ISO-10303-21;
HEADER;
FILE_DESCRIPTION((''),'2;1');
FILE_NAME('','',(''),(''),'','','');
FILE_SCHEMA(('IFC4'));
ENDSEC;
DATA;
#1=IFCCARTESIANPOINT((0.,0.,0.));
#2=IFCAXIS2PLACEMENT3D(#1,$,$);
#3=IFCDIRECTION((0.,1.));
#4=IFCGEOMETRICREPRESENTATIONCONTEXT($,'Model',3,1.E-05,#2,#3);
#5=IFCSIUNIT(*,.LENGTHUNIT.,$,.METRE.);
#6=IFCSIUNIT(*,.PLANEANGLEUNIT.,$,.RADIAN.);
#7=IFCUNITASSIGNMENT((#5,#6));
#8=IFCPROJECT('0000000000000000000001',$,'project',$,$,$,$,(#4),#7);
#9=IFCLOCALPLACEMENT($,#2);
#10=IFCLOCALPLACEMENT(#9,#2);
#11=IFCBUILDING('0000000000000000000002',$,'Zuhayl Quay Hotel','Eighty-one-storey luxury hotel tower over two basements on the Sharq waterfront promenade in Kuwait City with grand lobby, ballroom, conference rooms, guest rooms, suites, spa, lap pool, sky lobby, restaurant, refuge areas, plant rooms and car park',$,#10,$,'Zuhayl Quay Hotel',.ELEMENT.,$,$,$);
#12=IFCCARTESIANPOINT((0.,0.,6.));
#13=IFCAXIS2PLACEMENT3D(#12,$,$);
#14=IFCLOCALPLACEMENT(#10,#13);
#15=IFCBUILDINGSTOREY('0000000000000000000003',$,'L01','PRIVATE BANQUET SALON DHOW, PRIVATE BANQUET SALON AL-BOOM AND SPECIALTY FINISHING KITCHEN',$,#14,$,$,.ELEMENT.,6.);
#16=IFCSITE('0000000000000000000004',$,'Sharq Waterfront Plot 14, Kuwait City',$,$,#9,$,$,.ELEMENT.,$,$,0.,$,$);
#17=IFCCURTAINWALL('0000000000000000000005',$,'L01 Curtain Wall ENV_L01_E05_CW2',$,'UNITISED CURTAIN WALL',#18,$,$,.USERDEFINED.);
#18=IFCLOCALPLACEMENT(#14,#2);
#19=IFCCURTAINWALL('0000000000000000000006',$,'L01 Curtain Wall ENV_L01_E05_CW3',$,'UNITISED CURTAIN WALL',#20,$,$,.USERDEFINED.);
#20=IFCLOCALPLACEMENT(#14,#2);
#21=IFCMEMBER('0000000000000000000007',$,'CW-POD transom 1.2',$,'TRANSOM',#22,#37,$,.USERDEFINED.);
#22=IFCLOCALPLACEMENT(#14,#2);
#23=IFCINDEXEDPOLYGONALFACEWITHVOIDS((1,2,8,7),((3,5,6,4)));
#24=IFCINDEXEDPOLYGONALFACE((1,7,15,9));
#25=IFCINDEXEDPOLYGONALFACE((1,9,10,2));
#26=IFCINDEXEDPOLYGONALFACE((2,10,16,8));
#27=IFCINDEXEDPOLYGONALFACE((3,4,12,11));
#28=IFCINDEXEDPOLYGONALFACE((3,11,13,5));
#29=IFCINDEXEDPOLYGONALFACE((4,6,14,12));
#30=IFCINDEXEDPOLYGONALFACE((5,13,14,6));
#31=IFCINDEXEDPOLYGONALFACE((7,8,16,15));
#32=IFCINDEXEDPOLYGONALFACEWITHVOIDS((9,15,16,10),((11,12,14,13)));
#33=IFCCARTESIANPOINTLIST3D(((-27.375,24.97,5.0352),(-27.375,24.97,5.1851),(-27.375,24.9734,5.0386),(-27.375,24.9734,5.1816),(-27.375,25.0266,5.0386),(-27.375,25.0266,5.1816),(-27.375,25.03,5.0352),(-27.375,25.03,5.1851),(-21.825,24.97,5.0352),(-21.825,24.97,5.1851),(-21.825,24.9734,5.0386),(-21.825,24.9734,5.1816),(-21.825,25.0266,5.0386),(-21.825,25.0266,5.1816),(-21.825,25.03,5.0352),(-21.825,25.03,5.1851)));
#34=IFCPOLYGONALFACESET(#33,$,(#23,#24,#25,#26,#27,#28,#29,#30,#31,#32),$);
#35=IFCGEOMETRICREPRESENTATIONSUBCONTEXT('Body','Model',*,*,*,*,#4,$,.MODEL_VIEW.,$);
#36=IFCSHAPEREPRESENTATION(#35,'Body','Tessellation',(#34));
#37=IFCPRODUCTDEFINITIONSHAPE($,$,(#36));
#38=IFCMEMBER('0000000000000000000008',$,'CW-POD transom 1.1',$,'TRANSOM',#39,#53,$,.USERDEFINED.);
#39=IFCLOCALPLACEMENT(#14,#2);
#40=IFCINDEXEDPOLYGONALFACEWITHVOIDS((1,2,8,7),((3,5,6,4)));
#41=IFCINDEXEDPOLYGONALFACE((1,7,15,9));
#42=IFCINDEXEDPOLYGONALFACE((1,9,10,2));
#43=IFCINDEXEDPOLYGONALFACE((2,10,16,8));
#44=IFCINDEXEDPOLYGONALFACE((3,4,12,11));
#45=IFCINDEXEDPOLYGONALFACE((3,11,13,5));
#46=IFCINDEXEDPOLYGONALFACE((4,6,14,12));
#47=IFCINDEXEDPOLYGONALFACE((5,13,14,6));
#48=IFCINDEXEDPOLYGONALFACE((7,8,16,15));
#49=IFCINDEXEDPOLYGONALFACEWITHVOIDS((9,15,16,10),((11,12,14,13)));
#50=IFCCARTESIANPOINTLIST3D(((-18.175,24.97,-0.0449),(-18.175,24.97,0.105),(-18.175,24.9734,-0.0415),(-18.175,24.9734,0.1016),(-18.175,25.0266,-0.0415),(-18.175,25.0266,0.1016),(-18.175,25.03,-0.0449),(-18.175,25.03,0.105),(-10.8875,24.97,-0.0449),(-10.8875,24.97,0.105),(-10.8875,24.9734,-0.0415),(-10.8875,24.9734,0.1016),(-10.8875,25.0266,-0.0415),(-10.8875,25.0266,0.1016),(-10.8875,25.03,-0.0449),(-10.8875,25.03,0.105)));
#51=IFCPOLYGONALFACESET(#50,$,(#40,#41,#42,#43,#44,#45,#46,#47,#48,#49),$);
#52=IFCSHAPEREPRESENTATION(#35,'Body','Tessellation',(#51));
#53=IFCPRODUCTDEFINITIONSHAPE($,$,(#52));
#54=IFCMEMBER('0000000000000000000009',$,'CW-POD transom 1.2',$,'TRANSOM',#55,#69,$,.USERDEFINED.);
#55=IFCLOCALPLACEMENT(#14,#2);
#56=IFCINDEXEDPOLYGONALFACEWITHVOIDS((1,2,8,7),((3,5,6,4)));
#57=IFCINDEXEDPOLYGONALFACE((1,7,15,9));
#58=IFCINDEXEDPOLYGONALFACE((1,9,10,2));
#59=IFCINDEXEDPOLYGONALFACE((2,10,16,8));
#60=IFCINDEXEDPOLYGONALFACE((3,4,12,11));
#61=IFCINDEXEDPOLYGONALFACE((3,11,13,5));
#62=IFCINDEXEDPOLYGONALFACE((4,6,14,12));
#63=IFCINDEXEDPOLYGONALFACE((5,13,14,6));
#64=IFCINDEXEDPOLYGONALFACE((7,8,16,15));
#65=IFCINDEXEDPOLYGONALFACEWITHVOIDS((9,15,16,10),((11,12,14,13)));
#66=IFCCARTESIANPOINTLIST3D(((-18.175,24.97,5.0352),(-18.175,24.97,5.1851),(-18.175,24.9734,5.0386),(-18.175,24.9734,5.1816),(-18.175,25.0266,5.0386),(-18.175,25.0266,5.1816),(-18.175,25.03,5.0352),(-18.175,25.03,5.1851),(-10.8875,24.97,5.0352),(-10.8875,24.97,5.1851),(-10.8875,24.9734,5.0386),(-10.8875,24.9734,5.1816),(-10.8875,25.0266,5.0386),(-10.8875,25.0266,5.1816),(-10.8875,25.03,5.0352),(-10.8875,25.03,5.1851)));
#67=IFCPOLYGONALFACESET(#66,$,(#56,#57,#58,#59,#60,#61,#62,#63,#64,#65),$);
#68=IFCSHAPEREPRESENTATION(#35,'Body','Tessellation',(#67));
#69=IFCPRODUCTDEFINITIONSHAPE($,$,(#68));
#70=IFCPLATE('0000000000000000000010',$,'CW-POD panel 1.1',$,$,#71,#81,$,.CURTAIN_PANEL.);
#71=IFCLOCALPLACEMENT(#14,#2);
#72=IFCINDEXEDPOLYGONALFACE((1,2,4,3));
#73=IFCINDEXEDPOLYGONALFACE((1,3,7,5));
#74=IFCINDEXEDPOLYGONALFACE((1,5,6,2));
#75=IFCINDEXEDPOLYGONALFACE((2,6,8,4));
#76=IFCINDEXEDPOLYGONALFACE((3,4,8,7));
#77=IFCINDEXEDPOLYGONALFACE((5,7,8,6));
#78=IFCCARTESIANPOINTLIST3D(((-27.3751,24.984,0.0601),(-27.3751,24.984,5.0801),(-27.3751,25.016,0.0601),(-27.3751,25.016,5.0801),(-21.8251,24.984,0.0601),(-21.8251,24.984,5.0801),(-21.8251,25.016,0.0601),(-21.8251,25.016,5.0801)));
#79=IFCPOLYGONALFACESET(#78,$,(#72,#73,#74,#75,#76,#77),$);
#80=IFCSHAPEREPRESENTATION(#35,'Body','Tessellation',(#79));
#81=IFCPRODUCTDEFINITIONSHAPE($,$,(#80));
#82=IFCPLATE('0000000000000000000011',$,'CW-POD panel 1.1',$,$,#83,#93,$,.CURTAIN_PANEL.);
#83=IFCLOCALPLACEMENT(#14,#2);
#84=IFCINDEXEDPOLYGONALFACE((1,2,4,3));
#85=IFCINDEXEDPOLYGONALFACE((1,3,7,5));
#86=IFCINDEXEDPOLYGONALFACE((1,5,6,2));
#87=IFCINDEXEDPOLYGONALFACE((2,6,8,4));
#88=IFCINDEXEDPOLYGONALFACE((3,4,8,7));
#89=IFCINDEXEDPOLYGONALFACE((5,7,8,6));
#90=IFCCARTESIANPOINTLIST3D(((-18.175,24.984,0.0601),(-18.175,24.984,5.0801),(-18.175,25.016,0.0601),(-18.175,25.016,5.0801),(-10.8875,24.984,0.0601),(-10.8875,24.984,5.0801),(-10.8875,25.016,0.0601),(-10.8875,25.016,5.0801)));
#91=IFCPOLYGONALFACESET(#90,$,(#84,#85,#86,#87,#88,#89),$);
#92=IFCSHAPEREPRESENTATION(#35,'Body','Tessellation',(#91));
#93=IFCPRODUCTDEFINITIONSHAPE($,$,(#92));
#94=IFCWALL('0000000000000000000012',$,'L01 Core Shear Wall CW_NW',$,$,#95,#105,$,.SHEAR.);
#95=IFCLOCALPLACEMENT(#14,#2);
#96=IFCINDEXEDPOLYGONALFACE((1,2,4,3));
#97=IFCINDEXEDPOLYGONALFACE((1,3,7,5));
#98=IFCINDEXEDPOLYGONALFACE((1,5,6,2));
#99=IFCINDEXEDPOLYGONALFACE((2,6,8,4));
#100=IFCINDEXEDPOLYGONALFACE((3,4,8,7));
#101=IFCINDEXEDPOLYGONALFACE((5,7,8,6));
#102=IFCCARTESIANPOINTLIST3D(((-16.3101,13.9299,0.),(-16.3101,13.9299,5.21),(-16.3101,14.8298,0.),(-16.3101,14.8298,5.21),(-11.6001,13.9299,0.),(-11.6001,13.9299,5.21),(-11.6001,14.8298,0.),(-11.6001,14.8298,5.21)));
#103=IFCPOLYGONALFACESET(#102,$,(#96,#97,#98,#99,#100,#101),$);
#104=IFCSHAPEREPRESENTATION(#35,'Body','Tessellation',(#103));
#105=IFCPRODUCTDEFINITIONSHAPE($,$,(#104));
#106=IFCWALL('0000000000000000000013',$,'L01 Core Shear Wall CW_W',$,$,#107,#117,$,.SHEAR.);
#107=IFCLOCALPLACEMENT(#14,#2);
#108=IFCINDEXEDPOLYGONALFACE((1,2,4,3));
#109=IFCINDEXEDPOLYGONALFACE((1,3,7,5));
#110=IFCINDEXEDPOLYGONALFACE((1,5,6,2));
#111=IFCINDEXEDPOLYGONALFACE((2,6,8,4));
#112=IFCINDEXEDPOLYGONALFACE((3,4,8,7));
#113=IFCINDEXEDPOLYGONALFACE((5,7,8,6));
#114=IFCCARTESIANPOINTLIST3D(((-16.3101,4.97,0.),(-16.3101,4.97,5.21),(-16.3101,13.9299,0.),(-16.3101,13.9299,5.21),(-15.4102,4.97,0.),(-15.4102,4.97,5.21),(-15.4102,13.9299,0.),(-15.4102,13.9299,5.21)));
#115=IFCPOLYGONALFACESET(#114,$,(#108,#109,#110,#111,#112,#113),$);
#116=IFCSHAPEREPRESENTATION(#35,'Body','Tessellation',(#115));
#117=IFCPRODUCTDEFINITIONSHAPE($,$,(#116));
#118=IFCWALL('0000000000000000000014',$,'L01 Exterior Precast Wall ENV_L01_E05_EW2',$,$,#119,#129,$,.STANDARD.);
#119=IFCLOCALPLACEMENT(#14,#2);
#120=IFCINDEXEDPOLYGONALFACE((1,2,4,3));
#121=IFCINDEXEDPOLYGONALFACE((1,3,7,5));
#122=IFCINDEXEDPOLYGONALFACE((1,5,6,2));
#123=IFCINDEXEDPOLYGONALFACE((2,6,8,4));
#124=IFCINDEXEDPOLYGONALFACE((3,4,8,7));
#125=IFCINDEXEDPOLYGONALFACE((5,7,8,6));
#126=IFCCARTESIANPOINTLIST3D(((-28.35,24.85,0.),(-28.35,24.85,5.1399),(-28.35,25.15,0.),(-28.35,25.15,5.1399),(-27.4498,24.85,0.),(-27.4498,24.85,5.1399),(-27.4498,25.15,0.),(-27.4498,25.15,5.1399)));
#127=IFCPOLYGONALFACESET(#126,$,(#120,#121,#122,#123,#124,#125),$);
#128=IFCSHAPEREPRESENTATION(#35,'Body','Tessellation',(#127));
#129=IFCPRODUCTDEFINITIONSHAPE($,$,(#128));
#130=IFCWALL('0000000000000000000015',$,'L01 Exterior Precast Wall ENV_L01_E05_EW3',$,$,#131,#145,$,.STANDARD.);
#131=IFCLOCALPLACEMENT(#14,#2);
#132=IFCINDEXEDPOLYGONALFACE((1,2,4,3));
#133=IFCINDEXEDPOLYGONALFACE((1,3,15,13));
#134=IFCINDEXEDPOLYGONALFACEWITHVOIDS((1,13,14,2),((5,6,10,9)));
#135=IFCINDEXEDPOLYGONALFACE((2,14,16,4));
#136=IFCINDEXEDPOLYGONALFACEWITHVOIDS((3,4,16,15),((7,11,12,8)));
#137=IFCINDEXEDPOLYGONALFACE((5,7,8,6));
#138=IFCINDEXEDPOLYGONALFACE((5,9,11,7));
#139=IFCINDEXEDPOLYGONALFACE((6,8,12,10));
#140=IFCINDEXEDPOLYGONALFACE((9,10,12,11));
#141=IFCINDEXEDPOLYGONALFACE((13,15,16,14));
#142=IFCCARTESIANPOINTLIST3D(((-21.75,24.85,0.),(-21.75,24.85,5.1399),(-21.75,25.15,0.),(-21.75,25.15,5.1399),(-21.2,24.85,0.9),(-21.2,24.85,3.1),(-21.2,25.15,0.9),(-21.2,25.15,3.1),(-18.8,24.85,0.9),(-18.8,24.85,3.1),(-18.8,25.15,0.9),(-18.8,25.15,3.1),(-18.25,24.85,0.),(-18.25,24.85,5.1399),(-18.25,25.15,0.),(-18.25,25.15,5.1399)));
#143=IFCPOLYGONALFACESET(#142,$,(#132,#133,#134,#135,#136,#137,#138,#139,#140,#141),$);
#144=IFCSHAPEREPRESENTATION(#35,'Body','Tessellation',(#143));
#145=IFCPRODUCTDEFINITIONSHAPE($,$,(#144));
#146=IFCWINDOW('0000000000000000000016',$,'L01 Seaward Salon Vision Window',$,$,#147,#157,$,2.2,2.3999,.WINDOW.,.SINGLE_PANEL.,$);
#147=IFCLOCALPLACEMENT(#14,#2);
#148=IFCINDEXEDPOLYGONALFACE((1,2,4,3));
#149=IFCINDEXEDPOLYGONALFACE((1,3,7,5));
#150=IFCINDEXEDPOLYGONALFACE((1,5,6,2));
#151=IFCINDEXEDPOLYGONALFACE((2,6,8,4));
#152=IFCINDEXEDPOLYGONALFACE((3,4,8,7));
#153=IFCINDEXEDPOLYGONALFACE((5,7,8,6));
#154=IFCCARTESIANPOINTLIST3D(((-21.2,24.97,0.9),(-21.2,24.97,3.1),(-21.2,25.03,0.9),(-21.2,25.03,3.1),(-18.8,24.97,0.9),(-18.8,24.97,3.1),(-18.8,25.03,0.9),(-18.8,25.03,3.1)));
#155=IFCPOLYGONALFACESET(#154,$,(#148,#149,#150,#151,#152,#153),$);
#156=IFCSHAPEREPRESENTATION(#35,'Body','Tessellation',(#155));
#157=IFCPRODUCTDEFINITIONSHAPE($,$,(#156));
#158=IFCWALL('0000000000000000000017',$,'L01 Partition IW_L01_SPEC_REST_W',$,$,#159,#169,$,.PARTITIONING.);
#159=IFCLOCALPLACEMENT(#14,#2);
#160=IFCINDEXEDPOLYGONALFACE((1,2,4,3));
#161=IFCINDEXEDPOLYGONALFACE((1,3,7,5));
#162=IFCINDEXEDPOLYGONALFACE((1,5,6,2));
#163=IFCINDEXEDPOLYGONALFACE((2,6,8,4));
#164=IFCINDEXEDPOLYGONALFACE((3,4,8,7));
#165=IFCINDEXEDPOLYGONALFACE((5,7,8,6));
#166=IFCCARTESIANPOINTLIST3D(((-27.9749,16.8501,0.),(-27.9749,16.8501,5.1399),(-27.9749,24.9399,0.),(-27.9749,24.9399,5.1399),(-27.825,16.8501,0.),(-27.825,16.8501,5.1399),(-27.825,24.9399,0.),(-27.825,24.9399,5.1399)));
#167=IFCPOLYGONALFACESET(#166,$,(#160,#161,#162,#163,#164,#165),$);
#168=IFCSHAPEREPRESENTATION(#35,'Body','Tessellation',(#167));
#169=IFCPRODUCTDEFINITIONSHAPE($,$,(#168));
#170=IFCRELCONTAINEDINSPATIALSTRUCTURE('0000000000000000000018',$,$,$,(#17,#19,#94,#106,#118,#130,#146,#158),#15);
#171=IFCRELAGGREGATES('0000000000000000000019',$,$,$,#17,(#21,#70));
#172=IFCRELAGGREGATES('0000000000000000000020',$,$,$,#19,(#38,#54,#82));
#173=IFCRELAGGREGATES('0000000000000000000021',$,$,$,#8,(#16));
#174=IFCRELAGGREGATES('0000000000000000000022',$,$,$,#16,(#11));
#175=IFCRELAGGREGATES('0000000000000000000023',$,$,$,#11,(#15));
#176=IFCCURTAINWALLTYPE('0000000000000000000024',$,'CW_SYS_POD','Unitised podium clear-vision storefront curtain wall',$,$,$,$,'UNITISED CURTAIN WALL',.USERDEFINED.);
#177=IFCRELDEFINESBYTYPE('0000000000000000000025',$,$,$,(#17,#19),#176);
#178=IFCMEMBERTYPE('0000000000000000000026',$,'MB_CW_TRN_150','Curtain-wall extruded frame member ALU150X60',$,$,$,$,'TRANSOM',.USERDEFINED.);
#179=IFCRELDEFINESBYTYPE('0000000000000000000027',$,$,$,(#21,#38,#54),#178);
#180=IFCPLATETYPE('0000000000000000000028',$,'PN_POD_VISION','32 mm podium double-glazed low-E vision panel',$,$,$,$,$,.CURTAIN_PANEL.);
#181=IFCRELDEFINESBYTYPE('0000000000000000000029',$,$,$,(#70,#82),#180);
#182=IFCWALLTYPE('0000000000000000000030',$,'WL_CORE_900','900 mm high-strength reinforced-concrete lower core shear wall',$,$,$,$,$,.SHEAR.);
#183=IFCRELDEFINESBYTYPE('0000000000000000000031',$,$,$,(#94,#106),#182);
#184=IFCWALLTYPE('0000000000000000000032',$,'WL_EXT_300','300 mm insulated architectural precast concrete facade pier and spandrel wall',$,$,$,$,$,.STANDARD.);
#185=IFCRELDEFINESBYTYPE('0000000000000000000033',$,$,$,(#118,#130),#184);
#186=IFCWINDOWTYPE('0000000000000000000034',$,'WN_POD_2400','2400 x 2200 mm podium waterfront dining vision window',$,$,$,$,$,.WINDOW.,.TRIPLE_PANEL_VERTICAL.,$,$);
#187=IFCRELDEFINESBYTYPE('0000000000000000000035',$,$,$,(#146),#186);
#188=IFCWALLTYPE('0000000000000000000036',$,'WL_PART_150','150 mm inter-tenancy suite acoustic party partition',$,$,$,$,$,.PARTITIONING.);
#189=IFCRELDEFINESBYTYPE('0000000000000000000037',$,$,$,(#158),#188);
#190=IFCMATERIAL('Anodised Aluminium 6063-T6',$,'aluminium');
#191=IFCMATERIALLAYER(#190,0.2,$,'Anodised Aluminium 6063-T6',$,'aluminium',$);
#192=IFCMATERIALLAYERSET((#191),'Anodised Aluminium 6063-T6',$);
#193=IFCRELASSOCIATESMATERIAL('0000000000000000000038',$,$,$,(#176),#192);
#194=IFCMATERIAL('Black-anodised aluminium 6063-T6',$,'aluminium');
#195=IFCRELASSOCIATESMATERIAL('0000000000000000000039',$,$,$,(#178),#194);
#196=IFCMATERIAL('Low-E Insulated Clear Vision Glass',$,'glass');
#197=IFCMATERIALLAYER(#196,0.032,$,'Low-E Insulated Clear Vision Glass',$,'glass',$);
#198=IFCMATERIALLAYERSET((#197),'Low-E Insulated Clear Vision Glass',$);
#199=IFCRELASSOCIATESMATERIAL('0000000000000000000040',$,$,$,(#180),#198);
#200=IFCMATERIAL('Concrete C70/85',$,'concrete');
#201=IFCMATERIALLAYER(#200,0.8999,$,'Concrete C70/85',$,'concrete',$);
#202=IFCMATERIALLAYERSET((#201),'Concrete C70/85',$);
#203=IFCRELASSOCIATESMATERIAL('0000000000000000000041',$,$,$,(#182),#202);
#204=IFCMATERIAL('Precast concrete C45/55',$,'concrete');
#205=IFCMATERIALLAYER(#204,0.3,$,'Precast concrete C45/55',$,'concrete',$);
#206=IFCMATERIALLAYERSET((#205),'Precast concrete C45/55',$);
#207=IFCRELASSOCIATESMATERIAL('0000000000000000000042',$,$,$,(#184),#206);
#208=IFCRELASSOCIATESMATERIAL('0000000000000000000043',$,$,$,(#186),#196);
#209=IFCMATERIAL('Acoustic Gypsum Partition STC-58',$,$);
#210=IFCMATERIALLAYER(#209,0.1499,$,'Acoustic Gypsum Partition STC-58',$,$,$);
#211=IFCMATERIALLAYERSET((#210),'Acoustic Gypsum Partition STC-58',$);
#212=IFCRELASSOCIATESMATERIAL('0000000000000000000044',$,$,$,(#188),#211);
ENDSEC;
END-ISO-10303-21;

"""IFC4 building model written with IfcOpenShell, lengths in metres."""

from ifc_helpers import new_model, si_unit, direction, frame, frame_2d, origin, origin_2d, place, context, subcontext, project, spatial, rectangle, hollow_rectangle, extrude, material, layer, layer_set, material_profile, profile_set, type_object, element, fill, aggregate, save


model = new_model("IFC4")

# Units and contexts
model_context = context("Model", 3, precision=1e-05, world=origin(), true_north=direction((0.0, 1.0)))
body_context = subcontext(model_context, "Body", "Model", "MODEL_VIEW")
ifc_project = project(units=[si_unit("LENGTHUNIT", "METRE"), si_unit("PLANEANGLEUNIT", "RADIAN")], contexts=[model_context])

# Site, building, storey
site_placement = place(None, origin())
site = spatial("IfcSite", under=ifc_project, at=site_placement, Name="Sharq Waterfront Plot 14, Kuwait City", CompositionType="ELEMENT", RefElevation=0.0)
building_placement = place(site_placement, origin())
building = spatial("IfcBuilding", under=site, at=building_placement, Name="Zuhayl Quay Hotel", Description="Eighty-one-storey luxury hotel tower over two basements on the Sharq waterfront promenade in Kuwait City with grand lobby, ballroom, conference rooms, guest rooms, suites, spa, lap pool, sky lobby, restaurant, refuge areas, plant rooms and car park", LongName="Zuhayl Quay Hotel", CompositionType="ELEMENT")
storey_placement = place(building_placement, frame((0.0, 0.0, 6.0)))
storey = spatial("IfcBuildingStorey", under=building, at=storey_placement, Name="L01", Description="PRIVATE BANQUET SALON DHOW, PRIVATE BANQUET SALON AL-BOOM AND SPECIALTY FINISHING KITCHEN", CompositionType="ELEMENT", Elevation=6.0)

# Shared definitions
ifc_material_1 = material(Name="Concrete C70/85", Category="concrete")

# Shared definitions
ifc_material_2 = material(Name="Anodised Aluminium 6063-T6", Category="aluminium")
ifc_layer_1 = layer(ifc_material_2, 0.2, Name="Anodised Aluminium 6063-T6", Category="aluminium")
ifc_layer_set_1 = layer_set([ifc_layer_1], Name="Anodised Aluminium 6063-T6")
curtain_wall_type = type_object("IfcCurtainWallType", Name="CW_SYS_POD", Description="Unitised podium clear-vision storefront curtain wall", ElementType="UNITISED CURTAIN WALL", PredefinedType="USERDEFINED", material=ifc_layer_set_1)
ifc_material_3 = material(Name="Black-anodised aluminium 6063-T6", Category="aluminium")

# Curtain wall
curtain_wall_1_placement = place(storey_placement, origin())
curtain_wall_1 = element("IfcCurtainWall", 1, at=curtain_wall_1_placement, inside=storey, type_object=curtain_wall_type, Name="L01 Curtain Wall ENV_L01_E05_CW2", ObjectType="UNITISED CURTAIN WALL", PredefinedType="USERDEFINED")

# Curtain wall
curtain_wall_2_placement = place(storey_placement, origin())
curtain_wall_2 = element("IfcCurtainWall", 2, at=curtain_wall_2_placement, inside=storey, type_object=curtain_wall_type, Name="L01 Curtain Wall ENV_L01_E05_CW3", ObjectType="UNITISED CURTAIN WALL", PredefinedType="USERDEFINED")

# Members
ifc_material_profile_1 = material_profile(ifc_material_3, hollow_rectangle(XDim=0.0601, YDim=0.1499, WallThickness=0.0034, at=origin_2d()), Name="ALU150X60")
ifc_profile_set_1 = profile_set([ifc_material_profile_1], Name="Black-anodised aluminium 6063-T6")
member_type_1 = type_object("IfcMemberType", Name="MB_CW_TRN_150", Description="Curtain-wall extruded frame member ALU150X60", ElementType="TRANSOM", PredefinedType="USERDEFINED", material=ifc_profile_set_1)
member_1_placement = place(storey_placement, frame((-27.375, 25.0, 5.1101), z_axis=(1.0, 0.0, 0.0), x_axis=(0.0, 1.0, 0.0)))
member_1 = element("IfcMember", 3, at=member_1_placement, type_object=member_type_1, Name="CW-POD transom 1.2", ObjectType="TRANSOM", PredefinedType="USERDEFINED", context=body_context, shape_type="SweptSolid", body=[
    extrude(hollow_rectangle(XDim=0.0601, YDim=0.1499, WallThickness=0.0034, at=origin_2d()), origin(), (0.0, 0.0, 1.0), 5.55),
])
member_2_placement = place(storey_placement, frame((-18.175, 25.0, 0.03), z_axis=(1.0, 0.0, 0.0), x_axis=(0.0, 1.0, 0.0)))
member_2 = element("IfcMember", 4, at=member_2_placement, type_object=member_type_1, Name="CW-POD transom 1.1", ObjectType="TRANSOM", PredefinedType="USERDEFINED", context=body_context, shape_type="SweptSolid", body=[
    extrude(hollow_rectangle(XDim=0.0601, YDim=0.1499, WallThickness=0.0034, at=origin_2d()), origin(), (0.0, 0.0, 1.0), 7.2876),
])
member_3_placement = place(storey_placement, frame((-18.175, 25.0, 5.1101), z_axis=(1.0, 0.0, 0.0), x_axis=(0.0, 1.0, 0.0)))
member_3 = element("IfcMember", 5, at=member_3_placement, type_object=member_type_1, Name="CW-POD transom 1.2", ObjectType="TRANSOM", PredefinedType="USERDEFINED", context=body_context, shape_type="SweptSolid", body=[
    extrude(hollow_rectangle(XDim=0.0601, YDim=0.1499, WallThickness=0.0034, at=origin_2d()), origin(), (0.0, 0.0, 1.0), 7.2876),
])

# Plates
ifc_material_4 = material(Name="Low-E Insulated Clear Vision Glass", Category="glass")
ifc_layer_2 = layer(ifc_material_4, 0.032, Name="Low-E Insulated Clear Vision Glass", Category="glass")
ifc_layer_set_2 = layer_set([ifc_layer_2], Name="Low-E Insulated Clear Vision Glass")
plate_type = type_object("IfcPlateType", Name="PN_POD_VISION", Description="32 mm podium double-glazed low-E vision panel", PredefinedType="CURTAIN_PANEL", material=ifc_layer_set_2)
plate_1_placement = place(storey_placement, frame((-24.6001, 25.0, 0.0601), z_axis=(0.0, 0.0, 1.0), x_axis=(1.0, 0.0, 0.0)))
plate_1 = element("IfcPlate", 6, at=plate_1_placement, type_object=plate_type, Name="CW-POD panel 1.1", PredefinedType="CURTAIN_PANEL", context=body_context, shape_type="SweptSolid", body=[
    extrude(rectangle(XDim=5.55, YDim=0.032, at=origin_2d()), origin(), (0.0, 0.0, 1.0), 5.02),
])
aggregate(curtain_wall_1, [member_1, plate_1])
plate_2_placement = place(storey_placement, frame((-14.5312, 25.0, 0.0601), z_axis=(0.0, 0.0, 1.0), x_axis=(1.0, 0.0, 0.0)))
plate_2 = element("IfcPlate", 7, at=plate_2_placement, type_object=plate_type, Name="CW-POD panel 1.1", PredefinedType="CURTAIN_PANEL", context=body_context, shape_type="SweptSolid", body=[
    extrude(rectangle(XDim=7.2876, YDim=0.032, at=origin_2d()), origin(), (0.0, 0.0, 1.0), 5.02),
])
aggregate(curtain_wall_2, [member_2, member_3, plate_2])

# Walls
ifc_layer_3 = layer(ifc_material_1, 0.8999, Name="Concrete C70/85", Category="concrete")
ifc_layer_set_3 = layer_set([ifc_layer_3], Name="Concrete C70/85")
wall_type_1 = type_object("IfcWallType", Name="WL_CORE_900", Description="900 mm high-strength reinforced-concrete lower core shear wall", PredefinedType="SHEAR", material=ifc_layer_set_3)
wall_1_placement = place(storey_placement, frame((-16.3101, 14.3799, 0.0), z_axis=(0.0, 0.0, 1.0), x_axis=(1.0, 0.0, 0.0)))
element("IfcWall", 8, at=wall_1_placement, inside=storey, type_object=wall_type_1, Name="L01 Core Shear Wall CW_NW", PredefinedType="SHEAR", context=body_context, shape_type="SweptSolid", body=[
    extrude(rectangle(XDim=4.71, YDim=0.8999, at=frame_2d((2.355, 0.0))), origin(), (0.0, 0.0, 1.0), 5.21),
])
wall_2_placement = place(storey_placement, frame((-15.8601, 4.97, 0.0), z_axis=(0.0, 0.0, 1.0), x_axis=(0.0, 1.0, 0.0)))
element("IfcWall", 9, at=wall_2_placement, inside=storey, type_object=wall_type_1, Name="L01 Core Shear Wall CW_W", PredefinedType="SHEAR", context=body_context, shape_type="SweptSolid", body=[
    extrude(rectangle(XDim=8.96, YDim=0.8999, at=frame_2d((4.48, 0.0))), origin(), (0.0, 0.0, 1.0), 5.21),
])
ifc_material_5 = material(Name="Precast concrete C45/55", Category="concrete")
ifc_layer_4 = layer(ifc_material_5, 0.3, Name="Precast concrete C45/55", Category="concrete")
ifc_layer_set_4 = layer_set([ifc_layer_4], Name="Precast concrete C45/55")
wall_type_2 = type_object("IfcWallType", Name="WL_EXT_300", Description="300 mm insulated architectural precast concrete facade pier and spandrel wall", PredefinedType="STANDARD", material=ifc_layer_set_4)
wall_3_placement = place(storey_placement, frame((-28.3501, 25.0, 0.0), z_axis=(0.0, 0.0, 1.0), x_axis=(1.0, 0.0, 0.0)))
element("IfcWall", 10, at=wall_3_placement, inside=storey, type_object=wall_type_2, Name="L01 Exterior Precast Wall ENV_L01_E05_EW2", PredefinedType="STANDARD", context=body_context, shape_type="SweptSolid", body=[
    extrude(rectangle(XDim=0.9001, YDim=0.3, at=frame_2d((0.4502, 0.0))), origin(), (0.0, 0.0, 1.0), 5.1399),
])

# Wall, opening, window
wall_4_placement = place(storey_placement, frame((-21.75, 25.0, 0.0), z_axis=(0.0, 0.0, 1.0), x_axis=(1.0, 0.0, 0.0)))
wall_4 = element("IfcWall", 11, at=wall_4_placement, inside=storey, type_object=wall_type_2, Name="L01 Exterior Precast Wall ENV_L01_E05_EW3", PredefinedType="STANDARD", context=body_context, shape_type="SweptSolid", body=[
    extrude(rectangle(XDim=3.5, YDim=0.3, at=frame_2d((1.75, 0.0))), origin(), (0.0, 0.0, 1.0), 5.1399),
])
opening_1_placement = place(wall_4_placement, frame((0.55, 0.0, 0.8999)))
opening_1 = element("IfcOpeningElement", 12, at=opening_1_placement, cuts=wall_4, PredefinedType="OPENING", context=body_context, shape_type="SweptSolid", body=[
    extrude(rectangle(XDim=2.3999, YDim=2.2, at=frame_2d((1.2, 1.1001))), frame((0.0, 0.1599, 0.0), z_axis=(0.0, -1.0, 0.0), x_axis=(1.0, 0.0, 0.0)), (0.0, 0.0, 1.0), 0.3201),
])
window_type = type_object("IfcWindowType", Name="WN_POD_2400", Description="2400 x 2200 mm podium waterfront dining vision window", PartitioningType="TRIPLE_PANEL_VERTICAL", PredefinedType="WINDOW", material=ifc_material_4)
window_placement = place(opening_1_placement, origin())
window = element("IfcWindow", 13, at=window_placement, inside=storey, type_object=window_type, Name="L01 Seaward Salon Vision Window", OverallHeight=2.2, OverallWidth=2.3999, PartitioningType="SINGLE_PANEL", PredefinedType="WINDOW", context=body_context, shape_type="SweptSolid", body=[
    extrude(rectangle(XDim=2.3999, YDim=2.2, at=frame_2d((1.2, 1.1001))), frame((0.0, 0.03, 0.0), z_axis=(0.0, -1.0, 0.0), x_axis=(1.0, 0.0, 0.0)), (0.0, 0.0, 1.0), 0.0601),
])
fill(opening_1, window)

# Wall
ifc_material_6 = material(Name="Acoustic Gypsum Partition STC-58")
ifc_layer_5 = layer(ifc_material_6, 0.1499, Name="Acoustic Gypsum Partition STC-58")
ifc_layer_set_5 = layer_set([ifc_layer_5], Name="Acoustic Gypsum Partition STC-58")
wall_type_3 = type_object("IfcWallType", Name="WL_PART_150", Description="150 mm inter-tenancy suite acoustic party partition", PredefinedType="PARTITIONING", material=ifc_layer_set_5)
wall_5_placement = place(storey_placement, frame((-27.8999, 16.8501, 0.0), z_axis=(0.0, 0.0, 1.0), x_axis=(0.0, 1.0, 0.0)))
element("IfcWall", 14, at=wall_5_placement, inside=storey, type_object=wall_type_3, Name="L01 Partition IW_L01_SPEC_REST_W", PredefinedType="PARTITIONING", context=body_context, shape_type="SweptSolid", body=[
    extrude(rectangle(XDim=8.0898, YDim=0.1499, at=frame_2d((4.0449, 0.0))), origin(), (0.0, 0.0, 1.0), 5.1399),
])

save(model, "model.ifc")
